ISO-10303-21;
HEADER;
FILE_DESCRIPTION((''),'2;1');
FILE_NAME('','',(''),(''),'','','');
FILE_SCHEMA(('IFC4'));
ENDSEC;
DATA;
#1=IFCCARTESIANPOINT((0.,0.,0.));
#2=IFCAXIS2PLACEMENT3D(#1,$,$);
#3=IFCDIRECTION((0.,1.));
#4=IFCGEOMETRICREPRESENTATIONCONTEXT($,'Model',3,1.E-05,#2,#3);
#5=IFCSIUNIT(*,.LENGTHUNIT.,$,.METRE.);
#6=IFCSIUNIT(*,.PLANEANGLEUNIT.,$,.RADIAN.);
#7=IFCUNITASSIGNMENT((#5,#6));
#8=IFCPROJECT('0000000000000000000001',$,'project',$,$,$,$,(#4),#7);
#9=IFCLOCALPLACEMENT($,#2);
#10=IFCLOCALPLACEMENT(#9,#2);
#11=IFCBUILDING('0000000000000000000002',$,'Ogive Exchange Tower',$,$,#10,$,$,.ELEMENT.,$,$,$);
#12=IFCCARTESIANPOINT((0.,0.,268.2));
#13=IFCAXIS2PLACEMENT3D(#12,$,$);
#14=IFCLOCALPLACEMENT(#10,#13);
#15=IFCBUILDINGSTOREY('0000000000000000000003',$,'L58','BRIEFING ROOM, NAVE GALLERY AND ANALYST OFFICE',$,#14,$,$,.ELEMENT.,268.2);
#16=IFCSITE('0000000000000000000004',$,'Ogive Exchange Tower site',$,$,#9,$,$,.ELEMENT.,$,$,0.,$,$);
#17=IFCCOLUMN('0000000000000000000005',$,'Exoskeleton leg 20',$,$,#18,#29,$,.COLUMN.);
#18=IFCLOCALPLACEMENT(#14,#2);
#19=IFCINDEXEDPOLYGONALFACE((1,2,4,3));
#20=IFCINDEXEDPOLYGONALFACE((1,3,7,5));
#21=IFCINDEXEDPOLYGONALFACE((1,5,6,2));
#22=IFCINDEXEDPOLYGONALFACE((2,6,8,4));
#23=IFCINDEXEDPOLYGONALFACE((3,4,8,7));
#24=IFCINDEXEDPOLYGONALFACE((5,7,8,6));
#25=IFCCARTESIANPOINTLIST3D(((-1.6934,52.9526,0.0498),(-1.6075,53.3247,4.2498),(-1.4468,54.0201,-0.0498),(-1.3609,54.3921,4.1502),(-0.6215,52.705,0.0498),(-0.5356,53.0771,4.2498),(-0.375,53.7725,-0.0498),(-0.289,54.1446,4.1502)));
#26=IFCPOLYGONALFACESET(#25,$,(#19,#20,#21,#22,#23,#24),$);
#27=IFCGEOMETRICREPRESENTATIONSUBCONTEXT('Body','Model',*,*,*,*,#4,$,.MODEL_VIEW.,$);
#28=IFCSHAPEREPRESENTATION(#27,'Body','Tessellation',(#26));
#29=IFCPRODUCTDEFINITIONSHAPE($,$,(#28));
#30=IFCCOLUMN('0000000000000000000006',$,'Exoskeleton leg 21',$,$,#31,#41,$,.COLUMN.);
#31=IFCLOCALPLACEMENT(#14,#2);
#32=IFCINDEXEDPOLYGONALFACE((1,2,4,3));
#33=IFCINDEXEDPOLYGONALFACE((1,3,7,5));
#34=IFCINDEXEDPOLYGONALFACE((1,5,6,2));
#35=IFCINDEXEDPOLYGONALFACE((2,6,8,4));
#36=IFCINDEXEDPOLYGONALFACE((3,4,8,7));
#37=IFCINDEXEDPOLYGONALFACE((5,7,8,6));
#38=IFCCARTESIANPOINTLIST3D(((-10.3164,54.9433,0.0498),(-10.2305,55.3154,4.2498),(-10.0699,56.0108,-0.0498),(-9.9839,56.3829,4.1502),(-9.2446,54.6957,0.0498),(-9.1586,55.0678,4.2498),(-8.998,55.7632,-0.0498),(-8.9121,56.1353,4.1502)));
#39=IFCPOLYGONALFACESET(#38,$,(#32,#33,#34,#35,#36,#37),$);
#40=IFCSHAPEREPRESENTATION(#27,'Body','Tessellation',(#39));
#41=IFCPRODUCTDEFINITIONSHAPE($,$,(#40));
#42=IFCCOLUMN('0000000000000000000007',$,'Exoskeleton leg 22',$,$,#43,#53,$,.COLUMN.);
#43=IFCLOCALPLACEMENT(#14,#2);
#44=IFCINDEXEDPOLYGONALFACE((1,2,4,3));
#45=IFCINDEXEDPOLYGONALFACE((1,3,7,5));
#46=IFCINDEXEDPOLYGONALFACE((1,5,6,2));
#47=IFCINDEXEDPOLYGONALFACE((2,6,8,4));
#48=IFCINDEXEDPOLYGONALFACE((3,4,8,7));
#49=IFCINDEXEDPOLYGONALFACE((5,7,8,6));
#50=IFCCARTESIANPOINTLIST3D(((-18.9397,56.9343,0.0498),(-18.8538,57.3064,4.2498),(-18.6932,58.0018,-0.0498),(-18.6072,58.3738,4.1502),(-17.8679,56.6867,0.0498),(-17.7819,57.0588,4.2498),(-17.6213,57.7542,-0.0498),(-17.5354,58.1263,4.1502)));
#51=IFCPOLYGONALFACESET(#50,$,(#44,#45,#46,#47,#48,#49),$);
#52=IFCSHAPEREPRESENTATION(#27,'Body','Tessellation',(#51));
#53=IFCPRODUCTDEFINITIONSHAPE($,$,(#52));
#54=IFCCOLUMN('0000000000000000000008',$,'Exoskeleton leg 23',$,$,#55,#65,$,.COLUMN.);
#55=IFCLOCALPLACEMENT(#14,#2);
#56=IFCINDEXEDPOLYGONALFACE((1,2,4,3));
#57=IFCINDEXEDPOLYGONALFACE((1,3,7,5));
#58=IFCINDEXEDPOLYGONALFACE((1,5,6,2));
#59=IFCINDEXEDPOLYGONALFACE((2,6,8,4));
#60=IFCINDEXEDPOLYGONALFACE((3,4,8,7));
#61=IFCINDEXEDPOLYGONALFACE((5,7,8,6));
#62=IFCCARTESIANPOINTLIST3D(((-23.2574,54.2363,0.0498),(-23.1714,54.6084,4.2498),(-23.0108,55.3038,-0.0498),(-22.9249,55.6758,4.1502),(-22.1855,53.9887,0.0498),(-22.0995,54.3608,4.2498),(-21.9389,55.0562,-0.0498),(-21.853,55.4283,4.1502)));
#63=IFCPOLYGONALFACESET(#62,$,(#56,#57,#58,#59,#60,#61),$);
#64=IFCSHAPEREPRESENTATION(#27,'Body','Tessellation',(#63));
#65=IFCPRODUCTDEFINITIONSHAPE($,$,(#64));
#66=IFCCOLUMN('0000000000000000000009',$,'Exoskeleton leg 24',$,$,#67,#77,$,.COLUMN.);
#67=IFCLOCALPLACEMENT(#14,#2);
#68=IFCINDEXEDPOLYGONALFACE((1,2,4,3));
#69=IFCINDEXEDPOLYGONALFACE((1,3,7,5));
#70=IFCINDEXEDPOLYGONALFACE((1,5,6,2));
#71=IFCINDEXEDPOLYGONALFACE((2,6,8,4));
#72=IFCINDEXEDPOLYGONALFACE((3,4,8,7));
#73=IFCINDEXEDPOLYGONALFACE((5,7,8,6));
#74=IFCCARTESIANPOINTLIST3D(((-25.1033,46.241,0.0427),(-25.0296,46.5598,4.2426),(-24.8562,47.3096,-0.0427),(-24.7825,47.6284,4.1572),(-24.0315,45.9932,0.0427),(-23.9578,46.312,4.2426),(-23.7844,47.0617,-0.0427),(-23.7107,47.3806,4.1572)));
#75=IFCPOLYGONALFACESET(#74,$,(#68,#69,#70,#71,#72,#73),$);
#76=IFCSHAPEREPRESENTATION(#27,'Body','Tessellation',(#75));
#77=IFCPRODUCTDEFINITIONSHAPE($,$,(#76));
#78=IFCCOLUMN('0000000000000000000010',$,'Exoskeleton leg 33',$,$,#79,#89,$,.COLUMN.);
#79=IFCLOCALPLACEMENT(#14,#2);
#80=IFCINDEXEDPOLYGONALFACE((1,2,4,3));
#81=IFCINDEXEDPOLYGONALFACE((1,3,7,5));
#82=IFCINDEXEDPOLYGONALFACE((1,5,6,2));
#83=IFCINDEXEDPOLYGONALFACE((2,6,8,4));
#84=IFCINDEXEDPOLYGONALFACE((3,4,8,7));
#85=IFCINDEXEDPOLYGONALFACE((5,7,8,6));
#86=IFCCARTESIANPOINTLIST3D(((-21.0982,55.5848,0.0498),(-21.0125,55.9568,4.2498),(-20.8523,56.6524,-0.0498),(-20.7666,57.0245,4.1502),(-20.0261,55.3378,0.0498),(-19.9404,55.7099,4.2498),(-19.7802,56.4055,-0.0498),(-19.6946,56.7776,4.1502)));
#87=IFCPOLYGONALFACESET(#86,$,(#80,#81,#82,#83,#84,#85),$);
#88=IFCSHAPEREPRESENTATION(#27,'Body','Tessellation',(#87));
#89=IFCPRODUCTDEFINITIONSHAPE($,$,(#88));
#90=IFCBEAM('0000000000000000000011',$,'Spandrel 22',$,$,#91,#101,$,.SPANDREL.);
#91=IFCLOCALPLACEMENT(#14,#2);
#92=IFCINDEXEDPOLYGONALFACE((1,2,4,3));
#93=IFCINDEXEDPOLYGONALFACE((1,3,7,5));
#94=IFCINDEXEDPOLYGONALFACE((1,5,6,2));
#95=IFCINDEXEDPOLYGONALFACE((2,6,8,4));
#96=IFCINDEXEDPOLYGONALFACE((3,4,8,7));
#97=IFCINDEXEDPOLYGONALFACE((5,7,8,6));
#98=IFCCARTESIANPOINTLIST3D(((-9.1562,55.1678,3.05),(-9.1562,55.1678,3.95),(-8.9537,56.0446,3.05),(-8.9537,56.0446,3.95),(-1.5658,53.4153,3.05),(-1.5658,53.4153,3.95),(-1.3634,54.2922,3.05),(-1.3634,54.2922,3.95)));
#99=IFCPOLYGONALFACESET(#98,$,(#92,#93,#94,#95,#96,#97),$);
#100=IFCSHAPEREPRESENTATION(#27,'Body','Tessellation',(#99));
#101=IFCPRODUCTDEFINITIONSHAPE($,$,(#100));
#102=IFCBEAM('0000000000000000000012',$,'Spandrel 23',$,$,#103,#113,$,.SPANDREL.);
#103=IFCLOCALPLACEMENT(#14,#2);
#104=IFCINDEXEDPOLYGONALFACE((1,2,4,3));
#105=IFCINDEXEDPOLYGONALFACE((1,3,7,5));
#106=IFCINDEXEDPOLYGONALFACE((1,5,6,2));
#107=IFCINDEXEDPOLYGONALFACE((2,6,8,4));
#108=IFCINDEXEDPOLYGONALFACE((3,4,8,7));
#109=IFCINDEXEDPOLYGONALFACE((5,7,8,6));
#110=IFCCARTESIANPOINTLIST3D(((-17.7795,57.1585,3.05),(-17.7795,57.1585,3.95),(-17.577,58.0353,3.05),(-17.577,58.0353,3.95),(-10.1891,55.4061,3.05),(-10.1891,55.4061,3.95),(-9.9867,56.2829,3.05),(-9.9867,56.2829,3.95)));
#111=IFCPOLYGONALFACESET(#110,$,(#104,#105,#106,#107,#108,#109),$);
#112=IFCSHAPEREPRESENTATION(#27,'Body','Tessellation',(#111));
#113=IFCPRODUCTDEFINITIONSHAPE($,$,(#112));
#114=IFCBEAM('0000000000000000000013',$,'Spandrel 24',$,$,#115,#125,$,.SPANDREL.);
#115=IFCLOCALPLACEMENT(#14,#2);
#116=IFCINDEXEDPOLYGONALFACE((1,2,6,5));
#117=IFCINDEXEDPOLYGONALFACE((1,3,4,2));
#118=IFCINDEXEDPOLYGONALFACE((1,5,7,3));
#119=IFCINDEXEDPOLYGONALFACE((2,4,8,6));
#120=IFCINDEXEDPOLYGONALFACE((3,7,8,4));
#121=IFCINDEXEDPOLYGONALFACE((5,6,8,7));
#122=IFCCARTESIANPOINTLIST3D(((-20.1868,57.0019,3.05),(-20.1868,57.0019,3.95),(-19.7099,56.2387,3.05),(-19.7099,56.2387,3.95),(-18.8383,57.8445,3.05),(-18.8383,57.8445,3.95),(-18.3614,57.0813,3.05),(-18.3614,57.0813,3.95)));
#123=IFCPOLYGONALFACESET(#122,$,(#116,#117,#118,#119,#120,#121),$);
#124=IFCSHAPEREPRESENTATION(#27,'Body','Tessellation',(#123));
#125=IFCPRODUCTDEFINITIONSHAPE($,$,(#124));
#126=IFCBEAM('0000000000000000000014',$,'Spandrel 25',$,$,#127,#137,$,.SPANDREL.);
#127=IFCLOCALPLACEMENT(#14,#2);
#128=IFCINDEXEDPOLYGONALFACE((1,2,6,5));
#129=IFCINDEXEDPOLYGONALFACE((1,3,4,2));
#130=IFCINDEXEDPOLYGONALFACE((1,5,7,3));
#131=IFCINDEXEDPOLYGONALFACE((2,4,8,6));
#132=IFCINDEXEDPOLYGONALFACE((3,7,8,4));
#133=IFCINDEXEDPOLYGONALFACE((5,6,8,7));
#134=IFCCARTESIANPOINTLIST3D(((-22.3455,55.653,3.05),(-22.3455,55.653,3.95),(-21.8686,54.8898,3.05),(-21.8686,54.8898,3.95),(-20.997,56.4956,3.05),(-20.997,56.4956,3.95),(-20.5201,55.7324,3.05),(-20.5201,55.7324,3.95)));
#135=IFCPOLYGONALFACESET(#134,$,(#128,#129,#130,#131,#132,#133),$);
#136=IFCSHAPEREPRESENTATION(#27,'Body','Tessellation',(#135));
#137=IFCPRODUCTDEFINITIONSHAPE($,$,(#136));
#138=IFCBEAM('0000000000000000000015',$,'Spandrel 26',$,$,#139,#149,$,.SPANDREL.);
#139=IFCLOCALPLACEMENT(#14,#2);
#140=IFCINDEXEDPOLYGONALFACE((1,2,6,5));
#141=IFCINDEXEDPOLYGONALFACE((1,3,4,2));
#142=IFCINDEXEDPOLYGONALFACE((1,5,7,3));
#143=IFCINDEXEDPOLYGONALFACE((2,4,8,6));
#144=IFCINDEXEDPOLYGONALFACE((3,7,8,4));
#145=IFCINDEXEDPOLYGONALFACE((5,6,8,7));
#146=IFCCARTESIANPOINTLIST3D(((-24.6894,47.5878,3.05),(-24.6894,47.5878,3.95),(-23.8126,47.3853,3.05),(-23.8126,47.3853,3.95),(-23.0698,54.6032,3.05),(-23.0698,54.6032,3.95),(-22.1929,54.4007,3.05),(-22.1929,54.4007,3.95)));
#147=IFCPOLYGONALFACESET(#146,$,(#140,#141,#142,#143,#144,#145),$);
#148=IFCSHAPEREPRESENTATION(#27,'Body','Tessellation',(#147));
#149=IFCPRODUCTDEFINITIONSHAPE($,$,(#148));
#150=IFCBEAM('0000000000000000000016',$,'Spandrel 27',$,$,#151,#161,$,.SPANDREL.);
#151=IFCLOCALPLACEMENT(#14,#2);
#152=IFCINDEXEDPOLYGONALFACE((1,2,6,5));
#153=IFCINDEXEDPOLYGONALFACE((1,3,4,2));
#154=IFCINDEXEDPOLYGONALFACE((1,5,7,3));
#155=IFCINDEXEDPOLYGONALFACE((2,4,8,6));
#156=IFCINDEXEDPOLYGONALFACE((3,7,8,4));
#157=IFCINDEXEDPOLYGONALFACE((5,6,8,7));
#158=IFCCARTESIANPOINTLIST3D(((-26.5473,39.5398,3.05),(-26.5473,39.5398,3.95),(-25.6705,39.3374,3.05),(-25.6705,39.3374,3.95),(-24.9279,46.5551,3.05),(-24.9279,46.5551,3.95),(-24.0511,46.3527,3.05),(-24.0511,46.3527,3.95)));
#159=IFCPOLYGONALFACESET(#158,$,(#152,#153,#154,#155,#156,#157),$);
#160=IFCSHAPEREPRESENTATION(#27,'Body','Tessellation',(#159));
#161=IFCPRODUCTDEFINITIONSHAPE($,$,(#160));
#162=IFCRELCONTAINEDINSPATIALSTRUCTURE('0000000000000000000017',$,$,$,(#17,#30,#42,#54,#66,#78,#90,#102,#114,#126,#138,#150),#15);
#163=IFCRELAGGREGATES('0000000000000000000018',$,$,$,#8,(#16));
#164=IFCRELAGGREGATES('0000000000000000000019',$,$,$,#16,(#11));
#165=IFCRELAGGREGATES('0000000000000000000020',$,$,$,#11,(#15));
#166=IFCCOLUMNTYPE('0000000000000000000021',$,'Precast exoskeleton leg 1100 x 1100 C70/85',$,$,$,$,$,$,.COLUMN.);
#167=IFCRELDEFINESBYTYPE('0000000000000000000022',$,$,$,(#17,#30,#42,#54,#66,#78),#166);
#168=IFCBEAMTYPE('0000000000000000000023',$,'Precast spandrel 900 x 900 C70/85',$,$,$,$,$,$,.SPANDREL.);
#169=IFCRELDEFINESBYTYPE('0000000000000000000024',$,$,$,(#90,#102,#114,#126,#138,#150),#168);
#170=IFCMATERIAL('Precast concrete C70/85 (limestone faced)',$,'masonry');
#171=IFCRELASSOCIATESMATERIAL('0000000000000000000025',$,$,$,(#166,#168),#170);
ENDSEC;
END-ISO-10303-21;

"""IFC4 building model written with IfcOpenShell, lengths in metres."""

from ifc_helpers import new_model, si_unit, direction, frame, origin, origin_2d, place, context, subcontext, project, spatial, rectangle, extrude, material, material_profile, profile_set, type_object, element, save


model = new_model("IFC4")

# Units and contexts
model_context = context("Model", 3, precision=1e-05, world=origin(), true_north=direction((0.0, 1.0)))
body_context = subcontext(model_context, "Body", "Model", "MODEL_VIEW")
ifc_project = project(units=[si_unit("LENGTHUNIT", "METRE"), si_unit("PLANEANGLEUNIT", "RADIAN")], contexts=[model_context])

# Site, building, storey
site_placement = place(None, origin())
site = spatial("IfcSite", under=ifc_project, at=site_placement, Name="Ogive Exchange Tower site", CompositionType="ELEMENT", RefElevation=0.0)
building_placement = place(site_placement, origin())
building = spatial("IfcBuilding", under=site, at=building_placement, Name="Ogive Exchange Tower", CompositionType="ELEMENT")
storey_placement = place(building_placement, frame((0.0, 0.0, 268.2)))
storey = spatial("IfcBuildingStorey", under=building, at=storey_placement, Name="L58", Description="BRIEFING ROOM, NAVE GALLERY AND ANALYST OFFICE", CompositionType="ELEMENT", Elevation=268.2)

# Columns
ifc_material_1 = material(Name="Precast concrete C70/85 (limestone faced)", Category="masonry")
ifc_material_profile_1 = material_profile(ifc_material_1, rectangle(XDim=1.1001, YDim=1.1001, at=origin_2d()), Name="1100 x 1100")
ifc_profile_set_1 = profile_set([ifc_material_profile_1], Name="Precast concrete C70/85 (limestone faced)")
column_type = type_object("IfcColumnType", Name="Precast exoskeleton leg 1100 x 1100 C70/85", PredefinedType="COLUMN", material=ifc_profile_set_1)
for number, where, z_axis, x_axis, name in (
    (1, (-1.0342, 53.3625, 0.0), (0.020377, 0.088225, 0.995892), (-0.974348, 0.225046, 0.0), "Exoskeleton leg 20"),
    (2, (-9.6572, 55.3533, 0.0), (0.020377, 0.088225, 0.995892), (-0.974348, 0.225046, 0.0), "Exoskeleton leg 21"),
    (3, (-18.2805, 57.3442, 0.0), (0.020377, 0.088225, 0.995892), (-0.974348, 0.225046, 0.0), "Exoskeleton leg 22"),
    (4, (-22.5981, 54.6462, 0.0), (0.020377, 0.088225, 0.995892), (-0.974348, 0.225046, 0.0), "Exoskeleton leg 23"),
):
    element("IfcColumn", number, at=place(storey_placement, frame(where, z_axis=z_axis, x_axis=x_axis)), inside=storey, type_object=column_type, Name=name, PredefinedType="COLUMN", context=body_context, shape_type="SweptSolid", body=[
        extrude(rectangle(XDim=1.1001, YDim=1.1001, at=origin_2d()), origin(), (0.0, 0.0, 1.0), 4.2173),
    ])
column_1_placement = place(storey_placement, frame((-24.4438, 46.6514, 0.0), z_axis=(0.017502, 0.075688, 0.996978), x_axis=(-0.974291, 0.225295, 0.0)))
element("IfcColumn", 5, at=column_1_placement, inside=storey, type_object=column_type, Name="Exoskeleton leg 24", PredefinedType="COLUMN", context=body_context, shape_type="SweptSolid", body=[
    extrude(rectangle(XDim=1.1001, YDim=1.1001, at=origin_2d()), origin(), (0.0, 0.0, 1.0), 4.2126),
])
column_2_placement = place(storey_placement, frame((-20.4392, 55.9951, 0.0), z_axis=(0.02032, 0.088225, 0.995893), x_axis=(-0.974488, 0.224439, 0.0)))
element("IfcColumn", 6, at=column_2_placement, inside=storey, type_object=column_type, Name="Exoskeleton leg 33", PredefinedType="COLUMN", context=body_context, shape_type="SweptSolid", body=[
    extrude(rectangle(XDim=1.1001, YDim=1.1001, at=origin_2d()), origin(), (0.0, 0.0, 1.0), 4.2173),
])

# Beams
ifc_material_profile_2 = material_profile(ifc_material_1, rectangle(XDim=0.8999, YDim=0.8999, at=origin_2d()), Name="900 x 900")
ifc_profile_set_2 = profile_set([ifc_material_profile_2], Name="Precast concrete C70/85 (limestone faced)")
beam_type = type_object("IfcBeamType", Name="Precast spandrel 900 x 900 C70/85", PredefinedType="SPANDREL", material=ifc_profile_set_2)
for number, where, z_axis, x_axis, name in (
    (7, (-1.4646, 53.8538, 3.5), (-0.974368, 0.22496, 0.0), (-0.22496, -0.974368, 0.0), "Spandrel 22"),
    (8, (-10.0879, 55.8445, 3.5), (-0.974368, 0.22496, 0.0), (-0.22496, -0.974368, 0.0), "Spandrel 23"),
):
    element("IfcBeam", number, at=place(storey_placement, frame(where, z_axis=z_axis, x_axis=x_axis)), inside=storey, type_object=beam_type, Name=name, PredefinedType="SPANDREL", context=body_context, shape_type="SweptSolid", body=[
        extrude(rectangle(XDim=0.8999, YDim=0.8999, at=origin_2d()), origin(), (0.0, 0.0, 1.0), 7.79),
    ])
for number, where, z_axis, x_axis, name in (
    (9, (-18.5999, 57.4629, 3.5), (-0.848059, -0.529902, 0.0), (0.529902, -0.848059, 0.0), "Spandrel 24"),
    (10, (-20.7585, 56.114, 3.5), (-0.848059, -0.529902, 0.0), (0.529902, -0.848059, 0.0), "Spandrel 25"),
):
    element("IfcBeam", number, at=place(storey_placement, frame(where, z_axis=z_axis, x_axis=x_axis)), inside=storey, type_object=beam_type, Name=name, PredefinedType="SPANDREL", context=body_context, shape_type="SweptSolid", body=[
        extrude(rectangle(XDim=0.8999, YDim=0.8999, at=origin_2d()), origin(), (0.0, 0.0, 1.0), 1.5901),
    ])
beam_1_placement = place(storey_placement, frame((-22.6313, 54.502, 3.5), z_axis=(-0.224951, -0.97437, 0.0), x_axis=(0.97437, -0.224951, 0.0)))
element("IfcBeam", 11, at=beam_1_placement, inside=storey, type_object=beam_type, Name="Spandrel 26", PredefinedType="SPANDREL", context=body_context, shape_type="SweptSolid", body=[
    extrude(rectangle(XDim=0.8999, YDim=0.8999, at=origin_2d()), origin(), (0.0, 0.0, 1.0), 7.2),
])
beam_2_placement = place(storey_placement, frame((-24.4895, 46.4539, 3.5), z_axis=(-0.224926, -0.974376, 0.0), x_axis=(0.974376, -0.224926, 0.0)))
element("IfcBeam", 12, at=beam_2_placement, inside=storey, type_object=beam_type, Name="Spandrel 27", PredefinedType="SPANDREL", context=body_context, shape_type="SweptSolid", body=[
    extrude(rectangle(XDim=0.8999, YDim=0.8999, at=origin_2d()), origin(), (0.0, 0.0, 1.0), 7.1997),
])

save(model, "model.ifc")
